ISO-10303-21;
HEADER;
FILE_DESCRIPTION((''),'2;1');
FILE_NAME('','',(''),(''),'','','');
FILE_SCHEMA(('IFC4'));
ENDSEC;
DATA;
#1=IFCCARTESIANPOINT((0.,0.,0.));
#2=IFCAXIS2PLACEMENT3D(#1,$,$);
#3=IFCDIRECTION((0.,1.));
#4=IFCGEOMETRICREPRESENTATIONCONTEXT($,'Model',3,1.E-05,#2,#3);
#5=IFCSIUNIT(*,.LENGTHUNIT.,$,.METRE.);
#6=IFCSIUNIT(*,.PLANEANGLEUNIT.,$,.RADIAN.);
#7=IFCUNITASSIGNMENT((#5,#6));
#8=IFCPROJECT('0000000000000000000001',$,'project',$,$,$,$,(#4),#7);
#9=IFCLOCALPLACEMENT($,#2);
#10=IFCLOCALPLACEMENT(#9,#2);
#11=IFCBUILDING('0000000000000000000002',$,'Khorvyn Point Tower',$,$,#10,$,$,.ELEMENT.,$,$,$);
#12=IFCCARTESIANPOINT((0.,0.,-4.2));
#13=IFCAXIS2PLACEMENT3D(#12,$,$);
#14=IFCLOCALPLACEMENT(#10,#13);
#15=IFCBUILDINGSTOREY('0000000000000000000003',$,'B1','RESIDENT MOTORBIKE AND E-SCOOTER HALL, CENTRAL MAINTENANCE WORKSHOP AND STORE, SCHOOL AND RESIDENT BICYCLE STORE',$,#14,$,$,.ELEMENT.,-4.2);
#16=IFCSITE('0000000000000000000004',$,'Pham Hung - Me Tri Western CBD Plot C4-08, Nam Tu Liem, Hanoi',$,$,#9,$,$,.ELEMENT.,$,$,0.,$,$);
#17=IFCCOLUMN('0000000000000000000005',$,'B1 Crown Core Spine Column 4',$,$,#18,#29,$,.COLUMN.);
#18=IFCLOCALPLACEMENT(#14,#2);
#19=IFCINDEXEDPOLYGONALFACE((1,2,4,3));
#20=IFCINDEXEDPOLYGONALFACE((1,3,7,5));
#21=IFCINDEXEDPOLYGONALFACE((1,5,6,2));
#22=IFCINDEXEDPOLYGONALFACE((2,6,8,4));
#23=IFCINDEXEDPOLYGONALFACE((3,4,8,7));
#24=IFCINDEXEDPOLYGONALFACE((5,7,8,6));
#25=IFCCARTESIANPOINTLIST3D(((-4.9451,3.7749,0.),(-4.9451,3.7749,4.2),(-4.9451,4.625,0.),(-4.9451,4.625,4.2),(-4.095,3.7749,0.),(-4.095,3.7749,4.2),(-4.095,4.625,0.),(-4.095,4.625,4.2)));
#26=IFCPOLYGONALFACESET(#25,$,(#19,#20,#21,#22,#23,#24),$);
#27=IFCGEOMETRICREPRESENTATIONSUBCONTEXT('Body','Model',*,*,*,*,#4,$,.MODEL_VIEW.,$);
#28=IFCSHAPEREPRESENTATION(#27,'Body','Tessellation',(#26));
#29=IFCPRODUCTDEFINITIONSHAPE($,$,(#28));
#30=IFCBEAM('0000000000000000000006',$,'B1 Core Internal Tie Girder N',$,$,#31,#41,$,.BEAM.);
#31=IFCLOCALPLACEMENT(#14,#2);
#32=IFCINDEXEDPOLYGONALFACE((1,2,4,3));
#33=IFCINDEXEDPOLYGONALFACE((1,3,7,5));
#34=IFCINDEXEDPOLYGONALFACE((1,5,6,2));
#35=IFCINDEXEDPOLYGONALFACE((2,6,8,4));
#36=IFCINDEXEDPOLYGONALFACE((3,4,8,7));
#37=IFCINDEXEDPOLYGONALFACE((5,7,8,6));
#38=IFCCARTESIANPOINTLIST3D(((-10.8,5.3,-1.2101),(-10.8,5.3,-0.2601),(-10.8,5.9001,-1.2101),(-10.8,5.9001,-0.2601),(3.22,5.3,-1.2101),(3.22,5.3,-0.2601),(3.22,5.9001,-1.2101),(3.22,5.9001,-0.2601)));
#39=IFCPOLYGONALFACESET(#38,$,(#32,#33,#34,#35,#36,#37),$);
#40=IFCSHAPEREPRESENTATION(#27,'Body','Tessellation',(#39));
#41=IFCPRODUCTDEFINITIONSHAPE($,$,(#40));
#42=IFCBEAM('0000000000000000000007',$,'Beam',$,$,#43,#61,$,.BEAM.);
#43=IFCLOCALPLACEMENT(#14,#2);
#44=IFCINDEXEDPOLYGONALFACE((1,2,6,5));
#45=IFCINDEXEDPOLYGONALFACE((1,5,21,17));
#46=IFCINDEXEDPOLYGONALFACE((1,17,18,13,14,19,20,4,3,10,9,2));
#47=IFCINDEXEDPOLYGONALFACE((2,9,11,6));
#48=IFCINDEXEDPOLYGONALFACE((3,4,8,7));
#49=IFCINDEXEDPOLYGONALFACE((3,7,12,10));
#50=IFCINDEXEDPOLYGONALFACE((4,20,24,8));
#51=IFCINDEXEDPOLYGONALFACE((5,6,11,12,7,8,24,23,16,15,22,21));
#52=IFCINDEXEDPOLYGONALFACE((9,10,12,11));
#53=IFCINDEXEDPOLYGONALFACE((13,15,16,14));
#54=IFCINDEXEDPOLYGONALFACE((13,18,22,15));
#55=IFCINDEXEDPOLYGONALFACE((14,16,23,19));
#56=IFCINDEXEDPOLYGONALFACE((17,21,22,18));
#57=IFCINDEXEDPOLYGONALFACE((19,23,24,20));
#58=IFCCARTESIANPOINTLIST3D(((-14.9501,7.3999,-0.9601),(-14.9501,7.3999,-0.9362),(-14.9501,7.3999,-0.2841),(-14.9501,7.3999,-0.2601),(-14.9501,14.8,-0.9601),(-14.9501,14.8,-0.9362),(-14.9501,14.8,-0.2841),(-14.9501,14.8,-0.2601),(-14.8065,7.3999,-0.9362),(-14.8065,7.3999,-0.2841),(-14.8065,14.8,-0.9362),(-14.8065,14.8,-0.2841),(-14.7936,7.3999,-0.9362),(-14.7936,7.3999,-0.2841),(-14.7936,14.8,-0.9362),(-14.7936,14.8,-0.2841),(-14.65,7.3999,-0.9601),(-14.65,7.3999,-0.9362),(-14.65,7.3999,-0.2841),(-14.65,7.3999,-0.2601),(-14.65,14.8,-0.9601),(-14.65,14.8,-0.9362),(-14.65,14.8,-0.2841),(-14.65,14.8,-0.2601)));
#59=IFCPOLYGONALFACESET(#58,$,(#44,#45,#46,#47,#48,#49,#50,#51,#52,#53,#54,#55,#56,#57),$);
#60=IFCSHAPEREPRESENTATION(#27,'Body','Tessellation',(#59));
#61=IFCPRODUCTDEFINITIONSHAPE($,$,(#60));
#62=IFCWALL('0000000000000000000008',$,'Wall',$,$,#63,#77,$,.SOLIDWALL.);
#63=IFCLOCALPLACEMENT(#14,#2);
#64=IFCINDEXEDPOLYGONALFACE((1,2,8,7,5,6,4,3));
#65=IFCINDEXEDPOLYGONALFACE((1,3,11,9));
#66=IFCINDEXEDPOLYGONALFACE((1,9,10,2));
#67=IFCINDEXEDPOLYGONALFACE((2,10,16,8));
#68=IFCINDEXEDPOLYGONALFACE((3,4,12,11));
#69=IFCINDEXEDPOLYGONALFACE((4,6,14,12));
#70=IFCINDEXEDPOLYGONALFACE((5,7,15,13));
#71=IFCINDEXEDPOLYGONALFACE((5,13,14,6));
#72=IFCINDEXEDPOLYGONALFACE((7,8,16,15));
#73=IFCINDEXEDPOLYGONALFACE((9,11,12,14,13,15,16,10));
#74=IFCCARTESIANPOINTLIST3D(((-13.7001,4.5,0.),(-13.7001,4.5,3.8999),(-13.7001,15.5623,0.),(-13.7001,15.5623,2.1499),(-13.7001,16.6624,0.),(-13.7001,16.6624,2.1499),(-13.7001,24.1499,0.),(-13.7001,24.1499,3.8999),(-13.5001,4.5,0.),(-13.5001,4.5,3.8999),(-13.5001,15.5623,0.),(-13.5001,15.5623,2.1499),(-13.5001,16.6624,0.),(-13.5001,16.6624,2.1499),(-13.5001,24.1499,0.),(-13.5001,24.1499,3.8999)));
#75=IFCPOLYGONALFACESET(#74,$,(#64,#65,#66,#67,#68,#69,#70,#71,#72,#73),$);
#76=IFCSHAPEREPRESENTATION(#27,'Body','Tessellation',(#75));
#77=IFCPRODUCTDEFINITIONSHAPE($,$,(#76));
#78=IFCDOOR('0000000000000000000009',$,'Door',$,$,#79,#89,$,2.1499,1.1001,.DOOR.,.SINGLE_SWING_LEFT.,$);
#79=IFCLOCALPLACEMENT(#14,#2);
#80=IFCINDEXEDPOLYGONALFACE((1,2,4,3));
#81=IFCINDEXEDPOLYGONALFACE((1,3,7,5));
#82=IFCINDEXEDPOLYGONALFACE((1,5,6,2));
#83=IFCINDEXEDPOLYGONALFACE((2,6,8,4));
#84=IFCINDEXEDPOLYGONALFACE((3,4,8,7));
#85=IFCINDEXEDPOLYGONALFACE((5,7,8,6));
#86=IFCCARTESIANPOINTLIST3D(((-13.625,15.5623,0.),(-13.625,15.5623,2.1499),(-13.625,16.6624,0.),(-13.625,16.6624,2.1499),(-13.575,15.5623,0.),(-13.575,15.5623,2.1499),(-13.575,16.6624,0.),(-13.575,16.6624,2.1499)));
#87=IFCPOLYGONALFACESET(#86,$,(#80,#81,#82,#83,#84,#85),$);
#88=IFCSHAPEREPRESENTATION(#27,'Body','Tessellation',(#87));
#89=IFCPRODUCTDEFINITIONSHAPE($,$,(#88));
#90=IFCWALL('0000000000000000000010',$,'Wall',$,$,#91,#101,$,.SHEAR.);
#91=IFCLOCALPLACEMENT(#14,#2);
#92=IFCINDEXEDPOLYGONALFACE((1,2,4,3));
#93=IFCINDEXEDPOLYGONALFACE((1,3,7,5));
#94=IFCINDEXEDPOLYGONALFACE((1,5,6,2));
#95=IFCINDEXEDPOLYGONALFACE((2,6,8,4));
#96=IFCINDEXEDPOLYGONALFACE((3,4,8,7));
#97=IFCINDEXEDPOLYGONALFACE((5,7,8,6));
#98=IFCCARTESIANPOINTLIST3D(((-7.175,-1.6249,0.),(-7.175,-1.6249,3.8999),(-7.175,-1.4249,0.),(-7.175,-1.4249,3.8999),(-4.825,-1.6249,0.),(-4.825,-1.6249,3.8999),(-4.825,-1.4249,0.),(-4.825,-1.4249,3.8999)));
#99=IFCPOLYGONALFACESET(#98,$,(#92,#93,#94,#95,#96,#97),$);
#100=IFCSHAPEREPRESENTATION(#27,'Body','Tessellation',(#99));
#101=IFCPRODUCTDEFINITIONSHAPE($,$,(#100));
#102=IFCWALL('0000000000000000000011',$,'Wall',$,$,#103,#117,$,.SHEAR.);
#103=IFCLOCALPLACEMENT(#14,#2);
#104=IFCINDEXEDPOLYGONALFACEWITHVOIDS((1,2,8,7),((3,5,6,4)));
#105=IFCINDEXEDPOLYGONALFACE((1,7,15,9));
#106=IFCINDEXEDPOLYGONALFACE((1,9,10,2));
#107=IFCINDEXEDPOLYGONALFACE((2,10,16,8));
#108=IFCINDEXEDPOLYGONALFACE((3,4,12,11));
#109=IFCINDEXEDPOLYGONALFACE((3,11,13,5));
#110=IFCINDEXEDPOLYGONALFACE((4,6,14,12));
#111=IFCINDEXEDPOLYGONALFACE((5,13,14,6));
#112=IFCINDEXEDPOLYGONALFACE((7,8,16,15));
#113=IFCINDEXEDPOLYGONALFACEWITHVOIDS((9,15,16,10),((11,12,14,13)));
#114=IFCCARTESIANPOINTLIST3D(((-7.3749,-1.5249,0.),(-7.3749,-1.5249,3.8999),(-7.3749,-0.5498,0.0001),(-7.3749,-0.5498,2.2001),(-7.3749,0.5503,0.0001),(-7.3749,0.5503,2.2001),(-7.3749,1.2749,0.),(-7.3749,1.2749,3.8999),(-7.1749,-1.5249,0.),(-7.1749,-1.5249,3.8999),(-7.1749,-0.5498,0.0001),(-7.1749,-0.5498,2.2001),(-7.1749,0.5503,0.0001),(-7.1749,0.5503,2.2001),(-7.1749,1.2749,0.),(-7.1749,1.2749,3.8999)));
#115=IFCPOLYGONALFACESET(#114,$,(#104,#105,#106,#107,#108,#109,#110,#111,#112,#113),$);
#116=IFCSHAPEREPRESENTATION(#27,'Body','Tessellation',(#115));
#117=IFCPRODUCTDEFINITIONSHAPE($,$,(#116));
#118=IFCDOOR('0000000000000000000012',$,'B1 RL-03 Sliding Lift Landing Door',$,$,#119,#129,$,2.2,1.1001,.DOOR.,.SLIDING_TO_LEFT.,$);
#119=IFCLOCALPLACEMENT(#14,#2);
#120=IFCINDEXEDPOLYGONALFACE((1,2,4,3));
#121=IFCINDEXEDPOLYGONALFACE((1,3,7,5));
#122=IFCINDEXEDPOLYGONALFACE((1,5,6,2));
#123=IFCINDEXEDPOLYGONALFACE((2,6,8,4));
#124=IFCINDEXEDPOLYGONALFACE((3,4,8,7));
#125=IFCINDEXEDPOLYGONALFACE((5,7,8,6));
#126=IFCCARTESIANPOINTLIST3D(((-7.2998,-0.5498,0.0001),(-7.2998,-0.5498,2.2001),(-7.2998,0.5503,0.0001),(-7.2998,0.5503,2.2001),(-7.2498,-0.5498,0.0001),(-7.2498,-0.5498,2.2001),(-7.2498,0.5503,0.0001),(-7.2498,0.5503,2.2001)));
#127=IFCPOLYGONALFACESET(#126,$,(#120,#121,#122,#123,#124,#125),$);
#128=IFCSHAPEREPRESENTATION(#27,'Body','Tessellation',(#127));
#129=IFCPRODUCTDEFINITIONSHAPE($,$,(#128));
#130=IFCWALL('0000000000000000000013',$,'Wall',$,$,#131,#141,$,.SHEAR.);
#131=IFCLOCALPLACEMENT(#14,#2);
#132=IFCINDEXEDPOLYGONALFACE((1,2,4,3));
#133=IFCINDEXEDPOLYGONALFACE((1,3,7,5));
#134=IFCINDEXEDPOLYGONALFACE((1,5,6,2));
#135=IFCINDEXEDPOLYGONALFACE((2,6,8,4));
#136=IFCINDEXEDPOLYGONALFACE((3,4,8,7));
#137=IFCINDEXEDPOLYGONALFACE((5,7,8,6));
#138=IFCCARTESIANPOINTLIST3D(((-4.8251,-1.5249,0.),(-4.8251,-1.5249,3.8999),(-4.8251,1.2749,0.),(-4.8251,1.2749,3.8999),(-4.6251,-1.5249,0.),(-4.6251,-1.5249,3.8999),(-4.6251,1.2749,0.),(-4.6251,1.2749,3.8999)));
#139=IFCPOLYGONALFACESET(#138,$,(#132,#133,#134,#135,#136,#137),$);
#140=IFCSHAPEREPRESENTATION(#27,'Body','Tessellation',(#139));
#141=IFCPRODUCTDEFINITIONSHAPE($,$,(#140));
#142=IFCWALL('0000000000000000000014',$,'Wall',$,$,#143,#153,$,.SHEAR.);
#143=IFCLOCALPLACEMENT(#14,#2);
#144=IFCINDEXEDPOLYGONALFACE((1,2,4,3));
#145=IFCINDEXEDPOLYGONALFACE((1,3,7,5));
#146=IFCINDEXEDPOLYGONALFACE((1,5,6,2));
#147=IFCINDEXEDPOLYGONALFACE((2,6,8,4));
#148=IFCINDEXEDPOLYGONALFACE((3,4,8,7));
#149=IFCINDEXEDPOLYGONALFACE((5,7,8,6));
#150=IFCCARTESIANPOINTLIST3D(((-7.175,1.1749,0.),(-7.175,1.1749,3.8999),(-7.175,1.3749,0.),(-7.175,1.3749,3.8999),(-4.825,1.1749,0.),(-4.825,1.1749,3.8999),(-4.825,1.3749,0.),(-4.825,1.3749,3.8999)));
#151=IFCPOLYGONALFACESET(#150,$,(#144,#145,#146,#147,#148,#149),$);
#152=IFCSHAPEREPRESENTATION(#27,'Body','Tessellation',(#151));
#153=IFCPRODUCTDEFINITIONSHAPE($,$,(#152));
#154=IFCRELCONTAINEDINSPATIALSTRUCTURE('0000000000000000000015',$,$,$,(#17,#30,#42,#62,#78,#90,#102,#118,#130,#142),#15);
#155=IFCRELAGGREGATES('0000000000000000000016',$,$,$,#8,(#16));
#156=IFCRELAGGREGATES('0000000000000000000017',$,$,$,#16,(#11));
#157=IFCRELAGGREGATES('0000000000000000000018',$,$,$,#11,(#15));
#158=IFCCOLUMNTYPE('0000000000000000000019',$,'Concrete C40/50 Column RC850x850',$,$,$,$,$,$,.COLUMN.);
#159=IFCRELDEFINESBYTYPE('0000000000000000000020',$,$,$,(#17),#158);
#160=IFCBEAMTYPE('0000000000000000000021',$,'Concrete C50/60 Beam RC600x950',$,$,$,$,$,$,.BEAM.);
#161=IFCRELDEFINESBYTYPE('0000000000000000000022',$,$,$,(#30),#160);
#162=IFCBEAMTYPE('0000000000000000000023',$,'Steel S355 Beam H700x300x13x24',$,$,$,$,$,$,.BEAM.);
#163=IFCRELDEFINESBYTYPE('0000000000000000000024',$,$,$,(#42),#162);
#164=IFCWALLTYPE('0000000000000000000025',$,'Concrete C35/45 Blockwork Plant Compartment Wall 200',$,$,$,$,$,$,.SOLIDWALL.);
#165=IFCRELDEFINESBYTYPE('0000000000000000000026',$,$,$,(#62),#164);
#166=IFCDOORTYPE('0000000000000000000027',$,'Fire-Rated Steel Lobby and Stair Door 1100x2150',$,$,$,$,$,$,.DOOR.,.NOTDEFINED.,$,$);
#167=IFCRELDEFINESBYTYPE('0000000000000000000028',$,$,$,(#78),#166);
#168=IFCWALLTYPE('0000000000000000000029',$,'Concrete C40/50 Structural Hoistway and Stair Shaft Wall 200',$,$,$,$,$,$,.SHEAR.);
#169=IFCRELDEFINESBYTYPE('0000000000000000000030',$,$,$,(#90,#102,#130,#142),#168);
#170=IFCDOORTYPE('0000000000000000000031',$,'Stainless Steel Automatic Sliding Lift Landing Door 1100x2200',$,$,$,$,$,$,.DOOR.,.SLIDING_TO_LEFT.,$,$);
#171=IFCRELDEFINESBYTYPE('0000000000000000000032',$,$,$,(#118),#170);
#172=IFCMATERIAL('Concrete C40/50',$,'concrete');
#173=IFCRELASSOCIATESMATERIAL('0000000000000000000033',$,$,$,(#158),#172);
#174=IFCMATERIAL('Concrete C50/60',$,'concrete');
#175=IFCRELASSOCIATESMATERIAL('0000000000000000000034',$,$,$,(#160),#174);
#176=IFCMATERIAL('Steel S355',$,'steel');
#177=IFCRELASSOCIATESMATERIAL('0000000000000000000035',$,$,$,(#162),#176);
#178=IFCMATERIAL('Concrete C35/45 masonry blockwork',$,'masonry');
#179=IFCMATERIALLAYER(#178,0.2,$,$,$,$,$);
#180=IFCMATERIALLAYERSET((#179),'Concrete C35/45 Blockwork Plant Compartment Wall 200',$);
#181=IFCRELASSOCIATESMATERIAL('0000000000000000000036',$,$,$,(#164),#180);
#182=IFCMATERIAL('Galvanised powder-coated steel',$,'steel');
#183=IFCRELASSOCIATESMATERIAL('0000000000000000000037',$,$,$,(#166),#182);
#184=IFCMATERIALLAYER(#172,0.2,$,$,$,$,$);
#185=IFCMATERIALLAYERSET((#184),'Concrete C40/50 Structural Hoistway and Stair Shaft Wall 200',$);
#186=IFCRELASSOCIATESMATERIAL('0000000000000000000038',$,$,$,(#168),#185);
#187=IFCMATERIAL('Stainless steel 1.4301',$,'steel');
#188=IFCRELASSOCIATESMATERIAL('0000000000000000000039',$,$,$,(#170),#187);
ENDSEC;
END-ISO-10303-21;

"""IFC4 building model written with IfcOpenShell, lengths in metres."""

from ifc_helpers import new_model, si_unit, direction, frame, frame_2d, origin, origin_2d, place, context, subcontext, project, spatial, rectangle, i_section, extrude, material, layer, layer_set, material_profile, profile_set, type_object, element, fill, save


model = new_model("IFC4")

# Units and contexts
model_context = context("Model", 3, precision=1e-05, world=origin(), true_north=direction((0.0, 1.0)))
body_context = subcontext(model_context, "Body", "Model", "MODEL_VIEW")
ifc_project = project(units=[si_unit("LENGTHUNIT", "METRE"), si_unit("PLANEANGLEUNIT", "RADIAN")], contexts=[model_context])

# Site, building, storey
site_placement = place(None, origin())
site = spatial("IfcSite", under=ifc_project, at=site_placement, Name="Pham Hung - Me Tri Western CBD Plot C4-08, Nam Tu Liem, Hanoi", CompositionType="ELEMENT", RefElevation=0.0)
building_placement = place(site_placement, origin())
building = spatial("IfcBuilding", under=site, at=building_placement, Name="Khorvyn Point Tower", CompositionType="ELEMENT")
storey_placement = place(building_placement, frame((0.0, 0.0, -4.2)))
storey = spatial("IfcBuildingStorey", under=building, at=storey_placement, Name="B1", Description="RESIDENT MOTORBIKE AND E-SCOOTER HALL, CENTRAL MAINTENANCE WORKSHOP AND STORE, SCHOOL AND RESIDENT BICYCLE STORE", CompositionType="ELEMENT", Elevation=-4.2)

# Column
ifc_material_1 = material(Name="Concrete C40/50", Category="concrete")
ifc_material_profile_1 = material_profile(ifc_material_1, rectangle(XDim=0.8501, YDim=0.8501, at=origin_2d()))
ifc_profile_set_1 = profile_set([ifc_material_profile_1], Name="Concrete C40/50 RC850x850")
column_type = type_object("IfcColumnType", Name="Concrete C40/50 Column RC850x850", PredefinedType="COLUMN", material=ifc_profile_set_1)
column_placement = place(storey_placement, frame((-4.52, 4.2, 0.0), z_axis=(0.0, 0.0, 1.0), x_axis=(1.0, 0.0, 0.0)))
element("IfcColumn", 1, at=column_placement, inside=storey, type_object=column_type, Name="B1 Crown Core Spine Column 4", PredefinedType="COLUMN", context=body_context, shape_type="SweptSolid", body=[
    extrude(rectangle(XDim=0.8501, YDim=0.8501, at=origin_2d()), origin(), (0.0, 0.0, 1.0), 4.2),
])

# Beams
ifc_material_2 = material(Name="Concrete C50/60", Category="concrete")
ifc_material_profile_2 = material_profile(ifc_material_2, rectangle(XDim=0.6001, YDim=0.95, at=origin_2d()))
ifc_profile_set_2 = profile_set([ifc_material_profile_2], Name="Concrete C50/60 RC600x950")
beam_type_1 = type_object("IfcBeamType", Name="Concrete C50/60 Beam RC600x950", PredefinedType="BEAM", material=ifc_profile_set_2)
beam_1_placement = place(storey_placement, frame((-10.8, 5.6001, -0.7351), z_axis=(1.0, 0.0, 0.0), x_axis=(0.0, 1.0, 0.0)))
element("IfcBeam", 2, at=beam_1_placement, inside=storey, type_object=beam_type_1, Name="B1 Core Internal Tie Girder N", PredefinedType="BEAM", context=body_context, shape_type="SweptSolid", body=[
    extrude(rectangle(XDim=0.6001, YDim=0.95, at=origin_2d()), origin(), (0.0, 0.0, 1.0), 14.02),
])
ifc_material_3 = material(Name="Steel S355", Category="steel")
ifc_material_profile_3 = material_profile(ifc_material_3, i_section(OverallWidth=0.3, OverallDepth=0.7, WebThickness=0.0129, FlangeThickness=0.0239, at=origin_2d()))
ifc_profile_set_3 = profile_set([ifc_material_profile_3], Name="Steel S355 H700x300x13x24")
beam_type_2 = type_object("IfcBeamType", Name="Steel S355 Beam H700x300x13x24", PredefinedType="BEAM", material=ifc_profile_set_3)
beam_2_placement = place(storey_placement, frame((-14.8, 7.3999, -0.6101), z_axis=(0.0, 1.0, 0.0), x_axis=(-1.0, 0.0, 0.0)))
element("IfcBeam", 3, at=beam_2_placement, inside=storey, type_object=beam_type_2, Name="Beam", PredefinedType="BEAM", context=body_context, shape_type="SweptSolid", body=[
    extrude(i_section(OverallWidth=0.3, OverallDepth=0.7, WebThickness=0.0129, FlangeThickness=0.0239, at=origin_2d()), origin(), (0.0, 0.0, 1.0), 7.4001),
])

# Wall, opening, door
ifc_material_4 = material(Name="Concrete C35/45 masonry blockwork", Category="masonry")
ifc_layer_1 = layer(ifc_material_4, 0.2)
ifc_layer_set_1 = layer_set([ifc_layer_1], Name="Concrete C35/45 Blockwork Plant Compartment Wall 200")
wall_type_1 = type_object("IfcWallType", Name="Concrete C35/45 Blockwork Plant Compartment Wall 200", PredefinedType="SOLIDWALL", material=ifc_layer_set_1)
wall_1_placement = place(storey_placement, frame((-13.6001, 4.5, 0.0), z_axis=(0.0, 0.0, 1.0), x_axis=(0.0, 1.0, 0.0)))
wall_1 = element("IfcWall", 4, at=wall_1_placement, inside=storey, type_object=wall_type_1, Name="Wall", PredefinedType="SOLIDWALL", context=body_context, shape_type="SweptSolid", body=[
    extrude(rectangle(XDim=19.6499, YDim=0.2, at=frame_2d((9.825, 0.0))), origin(), (0.0, 0.0, 1.0), 3.8999),
])
opening_1_placement = place(wall_1_placement, frame((11.0623, 0.0, 0.0)))
opening_1 = element("IfcOpeningElement", 5, at=opening_1_placement, cuts=wall_1, PredefinedType="OPENING", context=body_context, shape_type="SweptSolid", body=[
    extrude(rectangle(XDim=1.1001, YDim=2.1499, at=frame_2d((0.55, 1.075))), frame((0.0, 0.1099, 0.0), z_axis=(0.0, -1.0, 0.0), x_axis=(1.0, 0.0, 0.0)), (0.0, 0.0, 1.0), 0.22),
])
ifc_material_5 = material(Name="Galvanised powder-coated steel", Category="steel")
door_type_1 = type_object("IfcDoorType", Name="Fire-Rated Steel Lobby and Stair Door 1100x2150", OperationType="NOTDEFINED", PredefinedType="DOOR", material=ifc_material_5)
door_1_placement = place(opening_1_placement, origin())
door_1 = element("IfcDoor", 6, at=door_1_placement, inside=storey, type_object=door_type_1, Name="Door", OperationType="SINGLE_SWING_LEFT", OverallHeight=2.1499, OverallWidth=1.1001, PredefinedType="DOOR", context=body_context, shape_type="SweptSolid", body=[
    extrude(rectangle(XDim=1.1001, YDim=2.1499, at=frame_2d((0.55, 1.075))), frame((0.0, 0.0249, 0.0), z_axis=(0.0, -1.0, 0.0), x_axis=(1.0, 0.0, 0.0)), (0.0, 0.0, 1.0), 0.05),
])
fill(opening_1, door_1)

# Wall
ifc_layer_2 = layer(ifc_material_1, 0.2)
ifc_layer_set_2 = layer_set([ifc_layer_2], Name="Concrete C40/50 Structural Hoistway and Stair Shaft Wall 200")
wall_type_2 = type_object("IfcWallType", Name="Concrete C40/50 Structural Hoistway and Stair Shaft Wall 200", PredefinedType="SHEAR", material=ifc_layer_set_2)
wall_2_placement = place(storey_placement, frame((-7.175, -1.5249, 0.0), z_axis=(0.0, 0.0, 1.0), x_axis=(1.0, 0.0, 0.0)))
element("IfcWall", 7, at=wall_2_placement, inside=storey, type_object=wall_type_2, Name="Wall", PredefinedType="SHEAR", context=body_context, shape_type="SweptSolid", body=[
    extrude(rectangle(XDim=2.3501, YDim=0.2, at=frame_2d((1.175, 0.0))), origin(), (0.0, 0.0, 1.0), 3.8999),
])

# Wall, opening, door
wall_3_placement = place(storey_placement, frame((-7.2749, -1.5249, 0.0), z_axis=(0.0, 0.0, 1.0), x_axis=(0.0, 1.0, 0.0)))
wall_3 = element("IfcWall", 8, at=wall_3_placement, inside=storey, type_object=wall_type_2, Name="Wall", PredefinedType="SHEAR", context=body_context, shape_type="SweptSolid", body=[
    extrude(rectangle(XDim=2.7998, YDim=0.2, at=frame_2d((1.3999, 0.0))), origin(), (0.0, 0.0, 1.0), 3.8999),
])
opening_2_placement = place(wall_3_placement, frame((0.9751, 0.0, 0.0)))
opening_2 = element("IfcOpeningElement", 9, at=opening_2_placement, cuts=wall_3, PredefinedType="OPENING", context=body_context, shape_type="SweptSolid", body=[
    extrude(rectangle(XDim=1.1001, YDim=2.2, at=frame_2d((0.55, 1.1001))), frame((0.0, 0.1099, 0.0), z_axis=(0.0, -1.0, 0.0), x_axis=(1.0, 0.0, 0.0)), (0.0, 0.0, 1.0), 0.22),
])
ifc_material_6 = material(Name="Stainless steel 1.4301", Category="steel")
door_type_2 = type_object("IfcDoorType", Name="Stainless Steel Automatic Sliding Lift Landing Door 1100x2200", OperationType="SLIDING_TO_LEFT", PredefinedType="DOOR", material=ifc_material_6)
door_2_placement = place(opening_2_placement, origin())
door_2 = element("IfcDoor", 10, at=door_2_placement, inside=storey, type_object=door_type_2, Name="B1 RL-03 Sliding Lift Landing Door", OperationType="SLIDING_TO_LEFT", OverallHeight=2.2, OverallWidth=1.1001, PredefinedType="DOOR", context=body_context, shape_type="SweptSolid", body=[
    extrude(rectangle(XDim=1.1001, YDim=2.2, at=frame_2d((0.55, 1.1001))), frame((0.0, 0.0249, 0.0), z_axis=(0.0, -1.0, 0.0), x_axis=(1.0, 0.0, 0.0)), (0.0, 0.0, 1.0), 0.05),
])
fill(opening_2, door_2)

# Walls
wall_4_placement = place(storey_placement, frame((-4.7251, -1.5249, 0.0), z_axis=(0.0, 0.0, 1.0), x_axis=(0.0, 1.0, 0.0)))
element("IfcWall", 11, at=wall_4_placement, inside=storey, type_object=wall_type_2, Name="Wall", PredefinedType="SHEAR", context=body_context, shape_type="SweptSolid", body=[
    extrude(rectangle(XDim=2.7998, YDim=0.2, at=frame_2d((1.3999, 0.0))), origin(), (0.0, 0.0, 1.0), 3.8999),
])
wall_5_placement = place(storey_placement, frame((-7.175, 1.2749, 0.0), z_axis=(0.0, 0.0, 1.0), x_axis=(1.0, 0.0, 0.0)))
element("IfcWall", 12, at=wall_5_placement, inside=storey, type_object=wall_type_2, Name="Wall", PredefinedType="SHEAR", context=body_context, shape_type="SweptSolid", body=[
    extrude(rectangle(XDim=2.3501, YDim=0.2, at=frame_2d((1.175, 0.0))), origin(), (0.0, 0.0, 1.0), 3.8999),
])

save(model, "model.ifc")
